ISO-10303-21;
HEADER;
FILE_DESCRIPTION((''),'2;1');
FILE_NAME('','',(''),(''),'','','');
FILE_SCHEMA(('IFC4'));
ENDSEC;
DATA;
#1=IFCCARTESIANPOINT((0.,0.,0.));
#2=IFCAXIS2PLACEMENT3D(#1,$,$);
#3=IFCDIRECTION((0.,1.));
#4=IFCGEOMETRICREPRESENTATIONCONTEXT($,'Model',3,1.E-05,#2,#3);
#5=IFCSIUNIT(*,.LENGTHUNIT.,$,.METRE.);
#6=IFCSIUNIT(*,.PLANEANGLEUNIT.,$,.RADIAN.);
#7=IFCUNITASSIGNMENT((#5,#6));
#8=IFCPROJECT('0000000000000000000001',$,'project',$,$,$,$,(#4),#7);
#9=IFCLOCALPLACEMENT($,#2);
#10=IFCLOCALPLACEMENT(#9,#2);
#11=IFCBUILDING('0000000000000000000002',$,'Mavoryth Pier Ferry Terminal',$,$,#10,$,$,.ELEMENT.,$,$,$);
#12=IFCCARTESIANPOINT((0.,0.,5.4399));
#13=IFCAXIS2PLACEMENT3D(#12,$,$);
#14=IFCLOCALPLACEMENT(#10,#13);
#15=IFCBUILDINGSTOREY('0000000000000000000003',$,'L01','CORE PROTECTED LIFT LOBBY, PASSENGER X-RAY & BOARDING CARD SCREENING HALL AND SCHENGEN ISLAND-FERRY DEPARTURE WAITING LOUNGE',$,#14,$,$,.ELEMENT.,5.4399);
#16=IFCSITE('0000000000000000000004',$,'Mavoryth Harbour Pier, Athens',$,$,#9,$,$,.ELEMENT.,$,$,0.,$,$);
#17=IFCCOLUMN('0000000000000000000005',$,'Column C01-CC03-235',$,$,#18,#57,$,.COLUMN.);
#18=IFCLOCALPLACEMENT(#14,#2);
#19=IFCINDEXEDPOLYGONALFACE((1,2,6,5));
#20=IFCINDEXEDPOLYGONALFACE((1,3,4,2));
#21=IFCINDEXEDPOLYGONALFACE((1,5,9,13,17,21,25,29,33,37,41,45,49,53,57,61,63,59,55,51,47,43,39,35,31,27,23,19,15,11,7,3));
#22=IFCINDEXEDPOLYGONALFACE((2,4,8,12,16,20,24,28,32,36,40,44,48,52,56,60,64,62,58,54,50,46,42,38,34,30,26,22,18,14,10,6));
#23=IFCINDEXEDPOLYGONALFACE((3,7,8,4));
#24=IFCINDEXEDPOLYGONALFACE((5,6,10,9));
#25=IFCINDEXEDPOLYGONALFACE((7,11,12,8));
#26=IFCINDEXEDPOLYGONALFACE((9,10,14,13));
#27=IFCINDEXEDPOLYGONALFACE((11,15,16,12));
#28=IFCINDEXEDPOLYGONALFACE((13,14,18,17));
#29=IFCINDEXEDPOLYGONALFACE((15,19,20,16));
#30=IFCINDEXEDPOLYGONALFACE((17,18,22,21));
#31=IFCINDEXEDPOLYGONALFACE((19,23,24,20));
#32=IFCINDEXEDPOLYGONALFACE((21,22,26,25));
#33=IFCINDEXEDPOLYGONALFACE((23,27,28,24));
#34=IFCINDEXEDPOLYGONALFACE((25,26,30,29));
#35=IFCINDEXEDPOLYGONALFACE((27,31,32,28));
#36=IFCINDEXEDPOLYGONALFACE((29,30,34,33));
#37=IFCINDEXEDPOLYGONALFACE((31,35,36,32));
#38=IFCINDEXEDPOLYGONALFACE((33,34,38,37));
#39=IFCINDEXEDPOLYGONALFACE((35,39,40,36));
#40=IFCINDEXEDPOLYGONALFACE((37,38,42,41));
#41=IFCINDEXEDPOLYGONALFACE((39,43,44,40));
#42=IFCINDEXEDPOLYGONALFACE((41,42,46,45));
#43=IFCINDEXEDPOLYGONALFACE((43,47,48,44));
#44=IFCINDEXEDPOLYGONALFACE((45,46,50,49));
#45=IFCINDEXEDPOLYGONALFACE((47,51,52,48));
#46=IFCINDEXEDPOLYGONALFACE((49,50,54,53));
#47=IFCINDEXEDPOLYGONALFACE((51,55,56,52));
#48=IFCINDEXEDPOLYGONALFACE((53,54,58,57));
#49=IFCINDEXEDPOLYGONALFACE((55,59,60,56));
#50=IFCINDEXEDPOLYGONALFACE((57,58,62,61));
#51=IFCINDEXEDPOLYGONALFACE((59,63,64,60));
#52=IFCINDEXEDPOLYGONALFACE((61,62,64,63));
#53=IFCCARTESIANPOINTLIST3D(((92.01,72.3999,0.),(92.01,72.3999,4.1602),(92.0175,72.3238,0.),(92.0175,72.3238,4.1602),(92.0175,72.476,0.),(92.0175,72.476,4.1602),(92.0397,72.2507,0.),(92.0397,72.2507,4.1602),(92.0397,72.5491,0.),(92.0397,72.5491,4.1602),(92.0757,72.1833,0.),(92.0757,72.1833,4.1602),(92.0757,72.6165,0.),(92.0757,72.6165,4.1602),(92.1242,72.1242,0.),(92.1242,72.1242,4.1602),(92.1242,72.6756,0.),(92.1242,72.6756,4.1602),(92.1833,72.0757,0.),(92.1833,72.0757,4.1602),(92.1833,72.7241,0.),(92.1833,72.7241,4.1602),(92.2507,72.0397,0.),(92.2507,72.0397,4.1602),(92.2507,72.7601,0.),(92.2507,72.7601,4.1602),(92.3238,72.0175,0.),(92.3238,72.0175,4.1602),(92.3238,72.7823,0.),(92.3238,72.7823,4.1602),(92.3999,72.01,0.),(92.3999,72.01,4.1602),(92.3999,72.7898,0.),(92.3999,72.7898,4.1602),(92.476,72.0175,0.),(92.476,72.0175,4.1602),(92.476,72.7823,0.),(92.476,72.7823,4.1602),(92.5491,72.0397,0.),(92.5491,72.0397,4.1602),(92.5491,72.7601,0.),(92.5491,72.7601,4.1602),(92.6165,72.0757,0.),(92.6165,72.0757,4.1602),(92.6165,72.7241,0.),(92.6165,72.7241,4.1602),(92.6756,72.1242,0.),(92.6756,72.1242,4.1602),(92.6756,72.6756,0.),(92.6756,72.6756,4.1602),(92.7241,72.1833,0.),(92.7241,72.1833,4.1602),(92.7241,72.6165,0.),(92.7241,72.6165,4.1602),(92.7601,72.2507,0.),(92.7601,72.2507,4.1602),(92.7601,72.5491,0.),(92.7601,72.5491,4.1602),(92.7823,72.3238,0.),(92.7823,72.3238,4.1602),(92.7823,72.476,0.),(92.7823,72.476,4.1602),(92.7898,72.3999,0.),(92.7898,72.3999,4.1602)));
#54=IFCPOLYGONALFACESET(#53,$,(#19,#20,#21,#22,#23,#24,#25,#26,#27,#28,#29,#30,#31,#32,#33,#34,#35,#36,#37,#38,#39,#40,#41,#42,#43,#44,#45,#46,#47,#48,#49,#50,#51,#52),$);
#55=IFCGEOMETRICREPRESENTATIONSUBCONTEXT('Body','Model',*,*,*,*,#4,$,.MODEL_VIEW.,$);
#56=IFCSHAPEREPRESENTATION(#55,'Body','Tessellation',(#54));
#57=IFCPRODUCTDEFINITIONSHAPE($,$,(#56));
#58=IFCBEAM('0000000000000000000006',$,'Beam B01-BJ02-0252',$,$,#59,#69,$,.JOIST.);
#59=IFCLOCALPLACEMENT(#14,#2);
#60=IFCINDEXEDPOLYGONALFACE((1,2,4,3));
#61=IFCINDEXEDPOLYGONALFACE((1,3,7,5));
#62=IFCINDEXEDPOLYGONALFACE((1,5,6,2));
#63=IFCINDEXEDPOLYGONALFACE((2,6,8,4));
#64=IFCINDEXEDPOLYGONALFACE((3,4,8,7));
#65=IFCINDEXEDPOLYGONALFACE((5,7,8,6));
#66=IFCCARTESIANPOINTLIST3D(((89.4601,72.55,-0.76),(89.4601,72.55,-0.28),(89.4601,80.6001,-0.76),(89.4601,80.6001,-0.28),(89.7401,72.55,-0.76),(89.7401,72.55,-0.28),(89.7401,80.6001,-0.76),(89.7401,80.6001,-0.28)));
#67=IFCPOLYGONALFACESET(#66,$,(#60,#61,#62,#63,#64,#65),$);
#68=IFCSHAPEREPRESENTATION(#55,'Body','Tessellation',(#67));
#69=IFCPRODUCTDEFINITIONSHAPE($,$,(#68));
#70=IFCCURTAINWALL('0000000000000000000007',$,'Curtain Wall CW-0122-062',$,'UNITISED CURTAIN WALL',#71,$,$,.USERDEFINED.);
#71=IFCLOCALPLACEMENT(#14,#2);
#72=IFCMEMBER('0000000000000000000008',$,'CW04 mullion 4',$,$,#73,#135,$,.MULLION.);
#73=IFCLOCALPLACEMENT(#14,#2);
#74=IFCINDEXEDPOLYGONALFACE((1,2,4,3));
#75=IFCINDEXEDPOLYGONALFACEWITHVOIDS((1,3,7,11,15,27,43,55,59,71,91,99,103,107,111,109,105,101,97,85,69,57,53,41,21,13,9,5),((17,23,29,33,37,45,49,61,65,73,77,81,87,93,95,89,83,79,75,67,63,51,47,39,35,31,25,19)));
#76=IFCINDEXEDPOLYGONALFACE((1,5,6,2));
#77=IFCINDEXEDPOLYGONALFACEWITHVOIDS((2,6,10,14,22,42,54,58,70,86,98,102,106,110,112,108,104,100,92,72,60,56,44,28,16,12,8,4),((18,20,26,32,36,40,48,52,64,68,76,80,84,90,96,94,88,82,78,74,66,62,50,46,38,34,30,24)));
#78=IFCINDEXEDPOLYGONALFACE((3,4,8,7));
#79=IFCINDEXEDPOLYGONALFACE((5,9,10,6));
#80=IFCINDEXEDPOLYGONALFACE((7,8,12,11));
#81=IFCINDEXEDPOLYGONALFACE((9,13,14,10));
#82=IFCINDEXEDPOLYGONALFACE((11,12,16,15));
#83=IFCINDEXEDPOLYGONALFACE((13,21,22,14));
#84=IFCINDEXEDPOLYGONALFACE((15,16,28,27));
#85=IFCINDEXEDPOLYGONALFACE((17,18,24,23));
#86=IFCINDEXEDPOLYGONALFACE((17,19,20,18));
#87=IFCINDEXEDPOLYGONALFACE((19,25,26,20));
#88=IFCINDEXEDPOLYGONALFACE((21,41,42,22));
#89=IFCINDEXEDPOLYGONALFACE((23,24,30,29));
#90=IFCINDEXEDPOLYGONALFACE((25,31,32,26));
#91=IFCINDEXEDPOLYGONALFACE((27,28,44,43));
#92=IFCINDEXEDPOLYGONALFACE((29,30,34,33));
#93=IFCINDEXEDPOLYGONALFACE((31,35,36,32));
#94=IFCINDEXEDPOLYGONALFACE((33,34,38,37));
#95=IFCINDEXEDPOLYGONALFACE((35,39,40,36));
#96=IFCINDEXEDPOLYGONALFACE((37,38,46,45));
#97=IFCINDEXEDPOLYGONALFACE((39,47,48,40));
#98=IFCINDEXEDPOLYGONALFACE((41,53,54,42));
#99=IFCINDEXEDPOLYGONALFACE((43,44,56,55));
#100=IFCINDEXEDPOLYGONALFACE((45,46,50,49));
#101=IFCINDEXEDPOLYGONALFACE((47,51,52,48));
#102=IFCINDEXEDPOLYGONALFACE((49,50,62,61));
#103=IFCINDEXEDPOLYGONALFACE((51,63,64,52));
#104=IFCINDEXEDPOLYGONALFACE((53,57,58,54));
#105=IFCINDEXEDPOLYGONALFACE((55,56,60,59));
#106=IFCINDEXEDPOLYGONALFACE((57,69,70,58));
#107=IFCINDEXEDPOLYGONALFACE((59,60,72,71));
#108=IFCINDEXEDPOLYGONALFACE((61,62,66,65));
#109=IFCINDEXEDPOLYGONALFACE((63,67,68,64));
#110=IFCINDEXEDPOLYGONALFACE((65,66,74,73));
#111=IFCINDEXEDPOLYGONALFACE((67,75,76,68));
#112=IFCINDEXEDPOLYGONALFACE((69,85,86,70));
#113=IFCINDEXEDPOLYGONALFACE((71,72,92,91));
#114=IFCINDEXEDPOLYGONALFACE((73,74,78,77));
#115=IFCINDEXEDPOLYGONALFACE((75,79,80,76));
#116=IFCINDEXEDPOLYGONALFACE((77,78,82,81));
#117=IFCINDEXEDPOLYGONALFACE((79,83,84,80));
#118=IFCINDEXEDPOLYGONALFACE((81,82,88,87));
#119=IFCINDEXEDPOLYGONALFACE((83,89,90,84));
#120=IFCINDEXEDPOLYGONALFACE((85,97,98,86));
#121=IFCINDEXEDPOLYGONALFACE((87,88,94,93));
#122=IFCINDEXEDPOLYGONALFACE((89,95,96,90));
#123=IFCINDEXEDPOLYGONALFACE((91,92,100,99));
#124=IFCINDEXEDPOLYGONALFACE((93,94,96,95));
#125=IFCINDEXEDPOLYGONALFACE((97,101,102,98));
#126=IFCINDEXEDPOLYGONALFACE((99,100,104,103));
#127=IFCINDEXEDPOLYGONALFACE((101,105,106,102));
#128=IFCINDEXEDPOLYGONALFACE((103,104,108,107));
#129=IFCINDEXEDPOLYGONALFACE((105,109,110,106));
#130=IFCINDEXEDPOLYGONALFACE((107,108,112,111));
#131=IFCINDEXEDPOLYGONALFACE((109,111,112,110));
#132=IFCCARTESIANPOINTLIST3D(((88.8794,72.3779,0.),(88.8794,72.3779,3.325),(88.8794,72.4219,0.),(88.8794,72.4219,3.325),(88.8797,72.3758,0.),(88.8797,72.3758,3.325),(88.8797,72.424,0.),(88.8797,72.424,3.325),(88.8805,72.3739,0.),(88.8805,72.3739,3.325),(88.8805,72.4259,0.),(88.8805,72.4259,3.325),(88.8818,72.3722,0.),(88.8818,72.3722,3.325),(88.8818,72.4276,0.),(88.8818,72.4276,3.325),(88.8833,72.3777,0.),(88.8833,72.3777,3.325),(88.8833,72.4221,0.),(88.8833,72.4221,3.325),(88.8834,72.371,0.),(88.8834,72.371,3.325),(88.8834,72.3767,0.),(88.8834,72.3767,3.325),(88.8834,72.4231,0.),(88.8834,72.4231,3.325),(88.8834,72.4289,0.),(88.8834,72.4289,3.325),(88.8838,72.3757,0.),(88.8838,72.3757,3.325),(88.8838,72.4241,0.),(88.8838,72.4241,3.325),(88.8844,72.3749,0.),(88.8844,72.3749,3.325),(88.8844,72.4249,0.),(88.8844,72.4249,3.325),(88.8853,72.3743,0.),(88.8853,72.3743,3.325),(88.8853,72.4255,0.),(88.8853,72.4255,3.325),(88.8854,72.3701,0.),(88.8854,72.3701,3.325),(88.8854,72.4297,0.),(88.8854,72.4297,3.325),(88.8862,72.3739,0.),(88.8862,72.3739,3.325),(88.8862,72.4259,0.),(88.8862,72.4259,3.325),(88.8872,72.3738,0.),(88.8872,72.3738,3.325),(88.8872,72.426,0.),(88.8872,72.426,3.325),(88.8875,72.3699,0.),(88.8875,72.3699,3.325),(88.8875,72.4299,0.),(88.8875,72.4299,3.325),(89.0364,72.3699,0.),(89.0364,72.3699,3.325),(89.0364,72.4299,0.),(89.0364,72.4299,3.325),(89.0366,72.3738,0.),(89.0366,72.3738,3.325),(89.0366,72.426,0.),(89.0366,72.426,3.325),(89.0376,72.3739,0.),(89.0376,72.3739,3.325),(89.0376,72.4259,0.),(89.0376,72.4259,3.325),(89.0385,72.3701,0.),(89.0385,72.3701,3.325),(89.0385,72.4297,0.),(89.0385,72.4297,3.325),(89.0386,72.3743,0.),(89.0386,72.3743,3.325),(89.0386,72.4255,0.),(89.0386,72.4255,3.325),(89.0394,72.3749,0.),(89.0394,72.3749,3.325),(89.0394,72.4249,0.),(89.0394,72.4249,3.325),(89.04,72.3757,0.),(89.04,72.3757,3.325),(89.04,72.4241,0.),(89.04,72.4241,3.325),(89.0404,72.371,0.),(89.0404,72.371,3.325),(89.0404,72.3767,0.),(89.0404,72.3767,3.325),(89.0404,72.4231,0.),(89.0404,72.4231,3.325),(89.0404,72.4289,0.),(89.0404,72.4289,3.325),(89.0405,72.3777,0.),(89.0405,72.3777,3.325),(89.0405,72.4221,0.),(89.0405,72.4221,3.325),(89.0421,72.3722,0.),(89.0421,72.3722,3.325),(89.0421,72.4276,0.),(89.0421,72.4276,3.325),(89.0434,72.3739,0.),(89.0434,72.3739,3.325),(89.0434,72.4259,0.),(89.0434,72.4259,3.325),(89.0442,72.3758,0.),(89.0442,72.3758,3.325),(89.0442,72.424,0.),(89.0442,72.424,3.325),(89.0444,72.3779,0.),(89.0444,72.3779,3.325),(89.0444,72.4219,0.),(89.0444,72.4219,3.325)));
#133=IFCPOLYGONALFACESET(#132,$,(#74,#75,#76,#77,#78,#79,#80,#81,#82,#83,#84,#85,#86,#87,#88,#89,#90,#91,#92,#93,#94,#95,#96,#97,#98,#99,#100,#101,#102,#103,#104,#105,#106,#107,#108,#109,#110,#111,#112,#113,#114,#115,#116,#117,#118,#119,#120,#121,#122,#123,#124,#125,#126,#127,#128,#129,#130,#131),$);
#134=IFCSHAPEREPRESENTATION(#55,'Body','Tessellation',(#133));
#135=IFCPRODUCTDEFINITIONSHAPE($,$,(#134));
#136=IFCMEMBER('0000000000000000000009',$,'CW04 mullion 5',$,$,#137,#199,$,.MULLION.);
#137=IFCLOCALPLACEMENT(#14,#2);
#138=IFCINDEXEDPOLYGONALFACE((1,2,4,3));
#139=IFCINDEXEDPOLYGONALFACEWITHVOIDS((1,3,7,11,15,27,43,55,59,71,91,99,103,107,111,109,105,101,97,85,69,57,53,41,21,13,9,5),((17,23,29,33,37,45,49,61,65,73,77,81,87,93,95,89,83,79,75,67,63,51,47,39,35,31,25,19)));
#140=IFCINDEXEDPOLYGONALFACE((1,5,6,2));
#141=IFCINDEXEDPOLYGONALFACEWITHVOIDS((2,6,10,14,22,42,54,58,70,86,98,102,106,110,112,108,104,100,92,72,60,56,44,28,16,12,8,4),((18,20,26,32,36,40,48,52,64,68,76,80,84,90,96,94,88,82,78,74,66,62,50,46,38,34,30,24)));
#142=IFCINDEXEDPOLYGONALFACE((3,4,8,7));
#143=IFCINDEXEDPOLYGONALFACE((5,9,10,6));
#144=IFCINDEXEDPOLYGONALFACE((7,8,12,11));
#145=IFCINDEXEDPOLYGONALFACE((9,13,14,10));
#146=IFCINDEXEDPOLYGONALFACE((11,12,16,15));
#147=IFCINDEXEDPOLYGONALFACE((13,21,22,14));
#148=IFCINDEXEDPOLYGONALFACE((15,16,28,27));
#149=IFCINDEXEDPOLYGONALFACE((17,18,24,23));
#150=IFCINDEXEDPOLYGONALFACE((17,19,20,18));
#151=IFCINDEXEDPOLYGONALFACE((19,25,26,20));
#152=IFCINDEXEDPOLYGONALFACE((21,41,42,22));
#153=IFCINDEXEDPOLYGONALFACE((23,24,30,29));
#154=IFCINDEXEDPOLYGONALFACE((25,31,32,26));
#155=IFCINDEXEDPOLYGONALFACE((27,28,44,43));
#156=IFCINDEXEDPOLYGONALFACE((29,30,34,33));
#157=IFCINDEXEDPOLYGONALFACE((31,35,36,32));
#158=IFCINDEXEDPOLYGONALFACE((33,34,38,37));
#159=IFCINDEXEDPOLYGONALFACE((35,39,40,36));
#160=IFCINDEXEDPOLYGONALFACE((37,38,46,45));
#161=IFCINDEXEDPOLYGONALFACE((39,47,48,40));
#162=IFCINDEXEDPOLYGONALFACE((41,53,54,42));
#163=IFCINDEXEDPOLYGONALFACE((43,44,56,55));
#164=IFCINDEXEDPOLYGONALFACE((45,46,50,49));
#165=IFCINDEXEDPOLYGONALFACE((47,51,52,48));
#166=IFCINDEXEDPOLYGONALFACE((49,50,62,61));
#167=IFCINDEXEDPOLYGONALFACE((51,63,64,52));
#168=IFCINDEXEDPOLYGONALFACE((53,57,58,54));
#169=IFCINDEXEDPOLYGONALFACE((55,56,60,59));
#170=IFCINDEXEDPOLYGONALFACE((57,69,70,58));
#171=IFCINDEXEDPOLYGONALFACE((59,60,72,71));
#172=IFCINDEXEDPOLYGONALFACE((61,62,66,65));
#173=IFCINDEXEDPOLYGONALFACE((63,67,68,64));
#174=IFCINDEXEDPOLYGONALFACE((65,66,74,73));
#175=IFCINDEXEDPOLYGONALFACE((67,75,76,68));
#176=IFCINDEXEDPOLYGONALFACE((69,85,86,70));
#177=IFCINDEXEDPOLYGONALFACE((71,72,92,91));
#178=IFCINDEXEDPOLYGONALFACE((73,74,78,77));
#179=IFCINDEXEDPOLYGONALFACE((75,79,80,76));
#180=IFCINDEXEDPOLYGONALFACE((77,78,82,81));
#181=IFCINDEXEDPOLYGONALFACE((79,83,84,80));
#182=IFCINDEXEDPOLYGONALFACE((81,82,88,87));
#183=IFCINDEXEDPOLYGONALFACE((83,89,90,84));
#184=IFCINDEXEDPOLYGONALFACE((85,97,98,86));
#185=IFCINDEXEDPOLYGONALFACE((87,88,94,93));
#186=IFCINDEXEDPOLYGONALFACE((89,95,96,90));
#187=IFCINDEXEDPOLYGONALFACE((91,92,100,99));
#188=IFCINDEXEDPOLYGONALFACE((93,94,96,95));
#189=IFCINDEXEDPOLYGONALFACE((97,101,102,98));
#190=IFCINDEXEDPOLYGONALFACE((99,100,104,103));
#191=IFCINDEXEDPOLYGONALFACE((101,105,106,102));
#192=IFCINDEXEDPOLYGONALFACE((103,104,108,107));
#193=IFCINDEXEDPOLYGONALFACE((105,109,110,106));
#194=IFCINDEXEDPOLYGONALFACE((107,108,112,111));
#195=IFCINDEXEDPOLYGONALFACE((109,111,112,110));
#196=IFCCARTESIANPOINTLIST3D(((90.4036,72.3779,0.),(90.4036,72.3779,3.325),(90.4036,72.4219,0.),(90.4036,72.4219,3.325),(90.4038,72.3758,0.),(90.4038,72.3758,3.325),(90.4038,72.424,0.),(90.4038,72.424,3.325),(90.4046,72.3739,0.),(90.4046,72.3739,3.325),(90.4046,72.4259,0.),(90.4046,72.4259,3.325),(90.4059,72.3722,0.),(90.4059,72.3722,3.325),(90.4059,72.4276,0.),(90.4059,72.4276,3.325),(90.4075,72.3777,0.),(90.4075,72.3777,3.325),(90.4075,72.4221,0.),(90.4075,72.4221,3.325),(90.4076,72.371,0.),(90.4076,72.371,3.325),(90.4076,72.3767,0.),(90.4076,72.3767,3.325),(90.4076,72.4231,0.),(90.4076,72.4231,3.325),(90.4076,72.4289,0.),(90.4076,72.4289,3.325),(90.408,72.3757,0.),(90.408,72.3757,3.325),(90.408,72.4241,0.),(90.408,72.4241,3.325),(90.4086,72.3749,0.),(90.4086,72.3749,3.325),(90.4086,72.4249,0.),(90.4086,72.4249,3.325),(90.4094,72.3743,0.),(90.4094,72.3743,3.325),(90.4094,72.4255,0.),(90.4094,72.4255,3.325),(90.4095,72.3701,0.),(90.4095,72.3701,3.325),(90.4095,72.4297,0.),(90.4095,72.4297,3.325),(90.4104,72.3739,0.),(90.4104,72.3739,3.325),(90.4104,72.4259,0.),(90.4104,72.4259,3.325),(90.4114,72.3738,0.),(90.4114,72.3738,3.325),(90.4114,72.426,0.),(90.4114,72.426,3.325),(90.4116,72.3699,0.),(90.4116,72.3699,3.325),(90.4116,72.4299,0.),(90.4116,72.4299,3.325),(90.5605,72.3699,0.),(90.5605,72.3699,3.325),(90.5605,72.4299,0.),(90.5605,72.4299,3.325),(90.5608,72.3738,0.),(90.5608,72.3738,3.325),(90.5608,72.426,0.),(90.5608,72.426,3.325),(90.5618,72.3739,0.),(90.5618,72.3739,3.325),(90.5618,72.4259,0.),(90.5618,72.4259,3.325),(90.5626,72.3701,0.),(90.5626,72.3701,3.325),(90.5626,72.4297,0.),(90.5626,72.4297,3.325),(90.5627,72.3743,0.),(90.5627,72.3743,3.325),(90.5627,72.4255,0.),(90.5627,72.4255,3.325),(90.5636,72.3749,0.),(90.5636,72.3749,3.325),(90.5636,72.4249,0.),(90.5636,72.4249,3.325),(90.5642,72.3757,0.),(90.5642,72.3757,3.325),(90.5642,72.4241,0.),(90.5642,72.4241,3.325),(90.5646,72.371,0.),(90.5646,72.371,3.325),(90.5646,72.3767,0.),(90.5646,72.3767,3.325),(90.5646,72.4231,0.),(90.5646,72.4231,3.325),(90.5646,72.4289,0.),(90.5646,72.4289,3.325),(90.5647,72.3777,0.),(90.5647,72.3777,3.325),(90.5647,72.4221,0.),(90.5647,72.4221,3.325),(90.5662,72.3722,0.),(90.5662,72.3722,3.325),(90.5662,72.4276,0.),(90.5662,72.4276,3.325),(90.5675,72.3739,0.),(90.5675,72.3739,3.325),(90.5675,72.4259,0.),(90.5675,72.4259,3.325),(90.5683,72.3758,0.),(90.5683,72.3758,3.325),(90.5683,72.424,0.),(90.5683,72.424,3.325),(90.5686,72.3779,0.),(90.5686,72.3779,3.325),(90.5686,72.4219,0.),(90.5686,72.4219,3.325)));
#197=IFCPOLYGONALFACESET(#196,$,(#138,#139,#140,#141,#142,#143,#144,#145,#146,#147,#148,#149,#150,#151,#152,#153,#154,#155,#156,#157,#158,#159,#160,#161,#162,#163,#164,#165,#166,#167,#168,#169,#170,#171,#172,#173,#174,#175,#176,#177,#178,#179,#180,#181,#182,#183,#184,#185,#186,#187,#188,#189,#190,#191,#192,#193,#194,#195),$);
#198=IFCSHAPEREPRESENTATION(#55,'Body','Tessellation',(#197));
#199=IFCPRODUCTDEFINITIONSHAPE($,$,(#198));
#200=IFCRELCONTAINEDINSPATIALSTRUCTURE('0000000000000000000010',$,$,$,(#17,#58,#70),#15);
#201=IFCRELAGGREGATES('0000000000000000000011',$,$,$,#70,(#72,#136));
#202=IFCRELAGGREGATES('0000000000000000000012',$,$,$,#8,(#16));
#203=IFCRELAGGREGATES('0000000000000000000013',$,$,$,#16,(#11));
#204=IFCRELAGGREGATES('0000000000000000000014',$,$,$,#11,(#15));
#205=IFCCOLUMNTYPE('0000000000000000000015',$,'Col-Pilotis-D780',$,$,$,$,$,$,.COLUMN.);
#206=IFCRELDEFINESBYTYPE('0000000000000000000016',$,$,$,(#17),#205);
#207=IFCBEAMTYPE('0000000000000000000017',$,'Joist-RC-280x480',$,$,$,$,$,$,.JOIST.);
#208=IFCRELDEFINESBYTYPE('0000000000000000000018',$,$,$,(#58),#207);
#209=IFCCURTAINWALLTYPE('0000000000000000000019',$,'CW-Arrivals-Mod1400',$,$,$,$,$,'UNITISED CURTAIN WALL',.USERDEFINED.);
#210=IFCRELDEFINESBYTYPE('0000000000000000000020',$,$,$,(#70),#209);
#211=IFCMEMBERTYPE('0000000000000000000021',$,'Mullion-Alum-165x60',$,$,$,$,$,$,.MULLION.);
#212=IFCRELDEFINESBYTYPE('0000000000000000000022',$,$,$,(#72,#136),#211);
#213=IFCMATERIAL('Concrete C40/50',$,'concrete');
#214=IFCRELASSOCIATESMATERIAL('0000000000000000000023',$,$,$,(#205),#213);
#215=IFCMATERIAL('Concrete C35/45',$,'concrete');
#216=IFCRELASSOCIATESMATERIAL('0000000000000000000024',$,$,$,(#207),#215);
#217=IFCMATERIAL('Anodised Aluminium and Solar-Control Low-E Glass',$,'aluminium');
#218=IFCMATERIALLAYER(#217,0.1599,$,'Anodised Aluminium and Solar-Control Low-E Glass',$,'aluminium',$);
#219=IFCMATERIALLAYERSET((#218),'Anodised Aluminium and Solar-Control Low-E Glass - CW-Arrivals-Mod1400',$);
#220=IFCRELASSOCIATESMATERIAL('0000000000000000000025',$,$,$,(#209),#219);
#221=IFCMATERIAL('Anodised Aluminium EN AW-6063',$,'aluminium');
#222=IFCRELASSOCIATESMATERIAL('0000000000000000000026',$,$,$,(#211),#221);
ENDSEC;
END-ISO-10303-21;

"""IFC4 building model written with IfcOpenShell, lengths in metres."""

from ifc_helpers import new_model, si_unit, direction, frame, origin, origin_2d, place, context, subcontext, project, spatial, rectangle, hollow_rectangle, circle, extrude, material, layer, layer_set, material_profile, profile_set, type_object, element, aggregate, save


model = new_model("IFC4")

# Units and contexts
model_context = context("Model", 3, precision=1e-05, world=origin(), true_north=direction((0.0, 1.0)))
body_context = subcontext(model_context, "Body", "Model", "MODEL_VIEW")
ifc_project = project(units=[si_unit("LENGTHUNIT", "METRE"), si_unit("PLANEANGLEUNIT", "RADIAN")], contexts=[model_context])

# Site, building, storey
site_placement = place(None, origin())
site = spatial("IfcSite", under=ifc_project, at=site_placement, Name="Mavoryth Harbour Pier, Athens", CompositionType="ELEMENT", RefElevation=0.0)
building_placement = place(site_placement, origin())
building = spatial("IfcBuilding", under=site, at=building_placement, Name="Mavoryth Pier Ferry Terminal", CompositionType="ELEMENT")
storey_placement = place(building_placement, frame((0.0, 0.0, 5.4399)))
storey = spatial("IfcBuildingStorey", under=building, at=storey_placement, Name="L01", Description="CORE PROTECTED LIFT LOBBY, PASSENGER X-RAY & BOARDING CARD SCREENING HALL AND SCHENGEN ISLAND-FERRY DEPARTURE WAITING LOUNGE", CompositionType="ELEMENT", Elevation=5.4399)

# Column
ifc_material_1 = material(Name="Concrete C40/50", Category="concrete")
ifc_material_profile_1 = material_profile(ifc_material_1, circle(Radius=0.3899, at=origin_2d()), Name="RC D780", Category="concrete")
ifc_profile_set_1 = profile_set([ifc_material_profile_1], Name="Concrete C40/50 - RC D780")
column_type = type_object("IfcColumnType", Name="Col-Pilotis-D780", PredefinedType="COLUMN", material=ifc_profile_set_1)
column_placement = place(storey_placement, frame((92.3999, 72.3999, 0.0), z_axis=(0.0, 0.0, 1.0), x_axis=(1.0, 0.0, 0.0)))
element("IfcColumn", 1, at=column_placement, inside=storey, type_object=column_type, Name="Column C01-CC03-235", PredefinedType="COLUMN", context=body_context, shape_type="SweptSolid", body=[
    extrude(circle(Radius=0.3899, at=origin_2d()), origin(), (0.0, 0.0, 1.0), 4.1602),
])

# Beam
ifc_material_2 = material(Name="Concrete C35/45", Category="concrete")
ifc_material_profile_2 = material_profile(ifc_material_2, rectangle(XDim=0.28, YDim=0.48, at=origin_2d()), Name="RC 280x480", Category="concrete")
ifc_profile_set_2 = profile_set([ifc_material_profile_2], Name="Concrete C35/45 - RC 280x480")
beam_type_1 = type_object("IfcBeamType", Name="Joist-RC-280x480", PredefinedType="JOIST", material=ifc_profile_set_2)
beam_1_placement = place(storey_placement, frame((89.6001, 72.55, -0.52), z_axis=(0.0, 1.0, 0.0), x_axis=(-1.0, 0.0, 0.0)))
element("IfcBeam", 2, at=beam_1_placement, inside=storey, type_object=beam_type_1, Name="Beam B01-BJ02-0252", PredefinedType="JOIST", context=body_context, shape_type="SweptSolid", body=[
    extrude(rectangle(XDim=0.28, YDim=0.48, at=origin_2d()), origin(), (0.0, 0.0, 1.0), 8.05),
])

# Curtain wall, members
ifc_material_3 = material(Name="Anodised Aluminium and Solar-Control Low-E Glass", Category="aluminium")
ifc_layer_1 = layer(ifc_material_3, 0.1599, Name="Anodised Aluminium and Solar-Control Low-E Glass", Category="aluminium")
ifc_layer_set_1 = layer_set([ifc_layer_1], Name="Anodised Aluminium and Solar-Control Low-E Glass - CW-Arrivals-Mod1400")
curtain_wall_type = type_object("IfcCurtainWallType", Name="CW-Arrivals-Mod1400", ElementType="UNITISED CURTAIN WALL", PredefinedType="USERDEFINED", material=ifc_layer_set_1)
curtain_wall_1_placement = place(storey_placement, origin())
curtain_wall_1 = element("IfcCurtainWall", 3, at=curtain_wall_1_placement, inside=storey, type_object=curtain_wall_type, Name="Curtain Wall CW-0122-062", ObjectType="UNITISED CURTAIN WALL", PredefinedType="USERDEFINED")
ifc_material_4 = material(Name="Anodised Aluminium EN AW-6063", Category="aluminium")
ifc_material_profile_3 = material_profile(ifc_material_4, hollow_rectangle(XDim=0.0601, YDim=0.165, WallThickness=0.0039, InnerFilletRadius=0.0039, OuterFilletRadius=0.0081, at=origin_2d()), Name="AL-MULL 165x60x4", Category="aluminium")
ifc_profile_set_3 = profile_set([ifc_material_profile_3], Name="Anodised Aluminium EN AW-6063 - AL-MULL 165x60x4")
member_type_1 = type_object("IfcMemberType", Name="Mullion-Alum-165x60", PredefinedType="MULLION", material=ifc_profile_set_3)
member_1_placement = place(storey_placement, frame((88.9619, 72.3999, 0.0), z_axis=(0.0, 0.0, 1.0), x_axis=(0.0, 1.0, 0.0)))
member_1 = element("IfcMember", 4, at=member_1_placement, type_object=member_type_1, Name="CW04 mullion 4", PredefinedType="MULLION", context=body_context, shape_type="SweptSolid", body=[
    extrude(hollow_rectangle(XDim=0.0601, YDim=0.165, WallThickness=0.0039, InnerFilletRadius=0.0039, OuterFilletRadius=0.0081, at=origin_2d()), origin(), (0.0, 0.0, 1.0), 3.325),
])
member_2_placement = place(storey_placement, frame((90.4861, 72.3999, 0.0), z_axis=(0.0, 0.0, 1.0), x_axis=(0.0, 1.0, 0.0)))
member_2 = element("IfcMember", 5, at=member_2_placement, type_object=member_type_1, Name="CW04 mullion 5", PredefinedType="MULLION", context=body_context, shape_type="SweptSolid", body=[
    extrude(hollow_rectangle(XDim=0.0601, YDim=0.165, WallThickness=0.0039, InnerFilletRadius=0.0039, OuterFilletRadius=0.0081, at=origin_2d()), origin(), (0.0, 0.0, 1.0), 3.325),
])

aggregate(curtain_wall_1, [member_1, member_2])

save(model, "model.ifc")
